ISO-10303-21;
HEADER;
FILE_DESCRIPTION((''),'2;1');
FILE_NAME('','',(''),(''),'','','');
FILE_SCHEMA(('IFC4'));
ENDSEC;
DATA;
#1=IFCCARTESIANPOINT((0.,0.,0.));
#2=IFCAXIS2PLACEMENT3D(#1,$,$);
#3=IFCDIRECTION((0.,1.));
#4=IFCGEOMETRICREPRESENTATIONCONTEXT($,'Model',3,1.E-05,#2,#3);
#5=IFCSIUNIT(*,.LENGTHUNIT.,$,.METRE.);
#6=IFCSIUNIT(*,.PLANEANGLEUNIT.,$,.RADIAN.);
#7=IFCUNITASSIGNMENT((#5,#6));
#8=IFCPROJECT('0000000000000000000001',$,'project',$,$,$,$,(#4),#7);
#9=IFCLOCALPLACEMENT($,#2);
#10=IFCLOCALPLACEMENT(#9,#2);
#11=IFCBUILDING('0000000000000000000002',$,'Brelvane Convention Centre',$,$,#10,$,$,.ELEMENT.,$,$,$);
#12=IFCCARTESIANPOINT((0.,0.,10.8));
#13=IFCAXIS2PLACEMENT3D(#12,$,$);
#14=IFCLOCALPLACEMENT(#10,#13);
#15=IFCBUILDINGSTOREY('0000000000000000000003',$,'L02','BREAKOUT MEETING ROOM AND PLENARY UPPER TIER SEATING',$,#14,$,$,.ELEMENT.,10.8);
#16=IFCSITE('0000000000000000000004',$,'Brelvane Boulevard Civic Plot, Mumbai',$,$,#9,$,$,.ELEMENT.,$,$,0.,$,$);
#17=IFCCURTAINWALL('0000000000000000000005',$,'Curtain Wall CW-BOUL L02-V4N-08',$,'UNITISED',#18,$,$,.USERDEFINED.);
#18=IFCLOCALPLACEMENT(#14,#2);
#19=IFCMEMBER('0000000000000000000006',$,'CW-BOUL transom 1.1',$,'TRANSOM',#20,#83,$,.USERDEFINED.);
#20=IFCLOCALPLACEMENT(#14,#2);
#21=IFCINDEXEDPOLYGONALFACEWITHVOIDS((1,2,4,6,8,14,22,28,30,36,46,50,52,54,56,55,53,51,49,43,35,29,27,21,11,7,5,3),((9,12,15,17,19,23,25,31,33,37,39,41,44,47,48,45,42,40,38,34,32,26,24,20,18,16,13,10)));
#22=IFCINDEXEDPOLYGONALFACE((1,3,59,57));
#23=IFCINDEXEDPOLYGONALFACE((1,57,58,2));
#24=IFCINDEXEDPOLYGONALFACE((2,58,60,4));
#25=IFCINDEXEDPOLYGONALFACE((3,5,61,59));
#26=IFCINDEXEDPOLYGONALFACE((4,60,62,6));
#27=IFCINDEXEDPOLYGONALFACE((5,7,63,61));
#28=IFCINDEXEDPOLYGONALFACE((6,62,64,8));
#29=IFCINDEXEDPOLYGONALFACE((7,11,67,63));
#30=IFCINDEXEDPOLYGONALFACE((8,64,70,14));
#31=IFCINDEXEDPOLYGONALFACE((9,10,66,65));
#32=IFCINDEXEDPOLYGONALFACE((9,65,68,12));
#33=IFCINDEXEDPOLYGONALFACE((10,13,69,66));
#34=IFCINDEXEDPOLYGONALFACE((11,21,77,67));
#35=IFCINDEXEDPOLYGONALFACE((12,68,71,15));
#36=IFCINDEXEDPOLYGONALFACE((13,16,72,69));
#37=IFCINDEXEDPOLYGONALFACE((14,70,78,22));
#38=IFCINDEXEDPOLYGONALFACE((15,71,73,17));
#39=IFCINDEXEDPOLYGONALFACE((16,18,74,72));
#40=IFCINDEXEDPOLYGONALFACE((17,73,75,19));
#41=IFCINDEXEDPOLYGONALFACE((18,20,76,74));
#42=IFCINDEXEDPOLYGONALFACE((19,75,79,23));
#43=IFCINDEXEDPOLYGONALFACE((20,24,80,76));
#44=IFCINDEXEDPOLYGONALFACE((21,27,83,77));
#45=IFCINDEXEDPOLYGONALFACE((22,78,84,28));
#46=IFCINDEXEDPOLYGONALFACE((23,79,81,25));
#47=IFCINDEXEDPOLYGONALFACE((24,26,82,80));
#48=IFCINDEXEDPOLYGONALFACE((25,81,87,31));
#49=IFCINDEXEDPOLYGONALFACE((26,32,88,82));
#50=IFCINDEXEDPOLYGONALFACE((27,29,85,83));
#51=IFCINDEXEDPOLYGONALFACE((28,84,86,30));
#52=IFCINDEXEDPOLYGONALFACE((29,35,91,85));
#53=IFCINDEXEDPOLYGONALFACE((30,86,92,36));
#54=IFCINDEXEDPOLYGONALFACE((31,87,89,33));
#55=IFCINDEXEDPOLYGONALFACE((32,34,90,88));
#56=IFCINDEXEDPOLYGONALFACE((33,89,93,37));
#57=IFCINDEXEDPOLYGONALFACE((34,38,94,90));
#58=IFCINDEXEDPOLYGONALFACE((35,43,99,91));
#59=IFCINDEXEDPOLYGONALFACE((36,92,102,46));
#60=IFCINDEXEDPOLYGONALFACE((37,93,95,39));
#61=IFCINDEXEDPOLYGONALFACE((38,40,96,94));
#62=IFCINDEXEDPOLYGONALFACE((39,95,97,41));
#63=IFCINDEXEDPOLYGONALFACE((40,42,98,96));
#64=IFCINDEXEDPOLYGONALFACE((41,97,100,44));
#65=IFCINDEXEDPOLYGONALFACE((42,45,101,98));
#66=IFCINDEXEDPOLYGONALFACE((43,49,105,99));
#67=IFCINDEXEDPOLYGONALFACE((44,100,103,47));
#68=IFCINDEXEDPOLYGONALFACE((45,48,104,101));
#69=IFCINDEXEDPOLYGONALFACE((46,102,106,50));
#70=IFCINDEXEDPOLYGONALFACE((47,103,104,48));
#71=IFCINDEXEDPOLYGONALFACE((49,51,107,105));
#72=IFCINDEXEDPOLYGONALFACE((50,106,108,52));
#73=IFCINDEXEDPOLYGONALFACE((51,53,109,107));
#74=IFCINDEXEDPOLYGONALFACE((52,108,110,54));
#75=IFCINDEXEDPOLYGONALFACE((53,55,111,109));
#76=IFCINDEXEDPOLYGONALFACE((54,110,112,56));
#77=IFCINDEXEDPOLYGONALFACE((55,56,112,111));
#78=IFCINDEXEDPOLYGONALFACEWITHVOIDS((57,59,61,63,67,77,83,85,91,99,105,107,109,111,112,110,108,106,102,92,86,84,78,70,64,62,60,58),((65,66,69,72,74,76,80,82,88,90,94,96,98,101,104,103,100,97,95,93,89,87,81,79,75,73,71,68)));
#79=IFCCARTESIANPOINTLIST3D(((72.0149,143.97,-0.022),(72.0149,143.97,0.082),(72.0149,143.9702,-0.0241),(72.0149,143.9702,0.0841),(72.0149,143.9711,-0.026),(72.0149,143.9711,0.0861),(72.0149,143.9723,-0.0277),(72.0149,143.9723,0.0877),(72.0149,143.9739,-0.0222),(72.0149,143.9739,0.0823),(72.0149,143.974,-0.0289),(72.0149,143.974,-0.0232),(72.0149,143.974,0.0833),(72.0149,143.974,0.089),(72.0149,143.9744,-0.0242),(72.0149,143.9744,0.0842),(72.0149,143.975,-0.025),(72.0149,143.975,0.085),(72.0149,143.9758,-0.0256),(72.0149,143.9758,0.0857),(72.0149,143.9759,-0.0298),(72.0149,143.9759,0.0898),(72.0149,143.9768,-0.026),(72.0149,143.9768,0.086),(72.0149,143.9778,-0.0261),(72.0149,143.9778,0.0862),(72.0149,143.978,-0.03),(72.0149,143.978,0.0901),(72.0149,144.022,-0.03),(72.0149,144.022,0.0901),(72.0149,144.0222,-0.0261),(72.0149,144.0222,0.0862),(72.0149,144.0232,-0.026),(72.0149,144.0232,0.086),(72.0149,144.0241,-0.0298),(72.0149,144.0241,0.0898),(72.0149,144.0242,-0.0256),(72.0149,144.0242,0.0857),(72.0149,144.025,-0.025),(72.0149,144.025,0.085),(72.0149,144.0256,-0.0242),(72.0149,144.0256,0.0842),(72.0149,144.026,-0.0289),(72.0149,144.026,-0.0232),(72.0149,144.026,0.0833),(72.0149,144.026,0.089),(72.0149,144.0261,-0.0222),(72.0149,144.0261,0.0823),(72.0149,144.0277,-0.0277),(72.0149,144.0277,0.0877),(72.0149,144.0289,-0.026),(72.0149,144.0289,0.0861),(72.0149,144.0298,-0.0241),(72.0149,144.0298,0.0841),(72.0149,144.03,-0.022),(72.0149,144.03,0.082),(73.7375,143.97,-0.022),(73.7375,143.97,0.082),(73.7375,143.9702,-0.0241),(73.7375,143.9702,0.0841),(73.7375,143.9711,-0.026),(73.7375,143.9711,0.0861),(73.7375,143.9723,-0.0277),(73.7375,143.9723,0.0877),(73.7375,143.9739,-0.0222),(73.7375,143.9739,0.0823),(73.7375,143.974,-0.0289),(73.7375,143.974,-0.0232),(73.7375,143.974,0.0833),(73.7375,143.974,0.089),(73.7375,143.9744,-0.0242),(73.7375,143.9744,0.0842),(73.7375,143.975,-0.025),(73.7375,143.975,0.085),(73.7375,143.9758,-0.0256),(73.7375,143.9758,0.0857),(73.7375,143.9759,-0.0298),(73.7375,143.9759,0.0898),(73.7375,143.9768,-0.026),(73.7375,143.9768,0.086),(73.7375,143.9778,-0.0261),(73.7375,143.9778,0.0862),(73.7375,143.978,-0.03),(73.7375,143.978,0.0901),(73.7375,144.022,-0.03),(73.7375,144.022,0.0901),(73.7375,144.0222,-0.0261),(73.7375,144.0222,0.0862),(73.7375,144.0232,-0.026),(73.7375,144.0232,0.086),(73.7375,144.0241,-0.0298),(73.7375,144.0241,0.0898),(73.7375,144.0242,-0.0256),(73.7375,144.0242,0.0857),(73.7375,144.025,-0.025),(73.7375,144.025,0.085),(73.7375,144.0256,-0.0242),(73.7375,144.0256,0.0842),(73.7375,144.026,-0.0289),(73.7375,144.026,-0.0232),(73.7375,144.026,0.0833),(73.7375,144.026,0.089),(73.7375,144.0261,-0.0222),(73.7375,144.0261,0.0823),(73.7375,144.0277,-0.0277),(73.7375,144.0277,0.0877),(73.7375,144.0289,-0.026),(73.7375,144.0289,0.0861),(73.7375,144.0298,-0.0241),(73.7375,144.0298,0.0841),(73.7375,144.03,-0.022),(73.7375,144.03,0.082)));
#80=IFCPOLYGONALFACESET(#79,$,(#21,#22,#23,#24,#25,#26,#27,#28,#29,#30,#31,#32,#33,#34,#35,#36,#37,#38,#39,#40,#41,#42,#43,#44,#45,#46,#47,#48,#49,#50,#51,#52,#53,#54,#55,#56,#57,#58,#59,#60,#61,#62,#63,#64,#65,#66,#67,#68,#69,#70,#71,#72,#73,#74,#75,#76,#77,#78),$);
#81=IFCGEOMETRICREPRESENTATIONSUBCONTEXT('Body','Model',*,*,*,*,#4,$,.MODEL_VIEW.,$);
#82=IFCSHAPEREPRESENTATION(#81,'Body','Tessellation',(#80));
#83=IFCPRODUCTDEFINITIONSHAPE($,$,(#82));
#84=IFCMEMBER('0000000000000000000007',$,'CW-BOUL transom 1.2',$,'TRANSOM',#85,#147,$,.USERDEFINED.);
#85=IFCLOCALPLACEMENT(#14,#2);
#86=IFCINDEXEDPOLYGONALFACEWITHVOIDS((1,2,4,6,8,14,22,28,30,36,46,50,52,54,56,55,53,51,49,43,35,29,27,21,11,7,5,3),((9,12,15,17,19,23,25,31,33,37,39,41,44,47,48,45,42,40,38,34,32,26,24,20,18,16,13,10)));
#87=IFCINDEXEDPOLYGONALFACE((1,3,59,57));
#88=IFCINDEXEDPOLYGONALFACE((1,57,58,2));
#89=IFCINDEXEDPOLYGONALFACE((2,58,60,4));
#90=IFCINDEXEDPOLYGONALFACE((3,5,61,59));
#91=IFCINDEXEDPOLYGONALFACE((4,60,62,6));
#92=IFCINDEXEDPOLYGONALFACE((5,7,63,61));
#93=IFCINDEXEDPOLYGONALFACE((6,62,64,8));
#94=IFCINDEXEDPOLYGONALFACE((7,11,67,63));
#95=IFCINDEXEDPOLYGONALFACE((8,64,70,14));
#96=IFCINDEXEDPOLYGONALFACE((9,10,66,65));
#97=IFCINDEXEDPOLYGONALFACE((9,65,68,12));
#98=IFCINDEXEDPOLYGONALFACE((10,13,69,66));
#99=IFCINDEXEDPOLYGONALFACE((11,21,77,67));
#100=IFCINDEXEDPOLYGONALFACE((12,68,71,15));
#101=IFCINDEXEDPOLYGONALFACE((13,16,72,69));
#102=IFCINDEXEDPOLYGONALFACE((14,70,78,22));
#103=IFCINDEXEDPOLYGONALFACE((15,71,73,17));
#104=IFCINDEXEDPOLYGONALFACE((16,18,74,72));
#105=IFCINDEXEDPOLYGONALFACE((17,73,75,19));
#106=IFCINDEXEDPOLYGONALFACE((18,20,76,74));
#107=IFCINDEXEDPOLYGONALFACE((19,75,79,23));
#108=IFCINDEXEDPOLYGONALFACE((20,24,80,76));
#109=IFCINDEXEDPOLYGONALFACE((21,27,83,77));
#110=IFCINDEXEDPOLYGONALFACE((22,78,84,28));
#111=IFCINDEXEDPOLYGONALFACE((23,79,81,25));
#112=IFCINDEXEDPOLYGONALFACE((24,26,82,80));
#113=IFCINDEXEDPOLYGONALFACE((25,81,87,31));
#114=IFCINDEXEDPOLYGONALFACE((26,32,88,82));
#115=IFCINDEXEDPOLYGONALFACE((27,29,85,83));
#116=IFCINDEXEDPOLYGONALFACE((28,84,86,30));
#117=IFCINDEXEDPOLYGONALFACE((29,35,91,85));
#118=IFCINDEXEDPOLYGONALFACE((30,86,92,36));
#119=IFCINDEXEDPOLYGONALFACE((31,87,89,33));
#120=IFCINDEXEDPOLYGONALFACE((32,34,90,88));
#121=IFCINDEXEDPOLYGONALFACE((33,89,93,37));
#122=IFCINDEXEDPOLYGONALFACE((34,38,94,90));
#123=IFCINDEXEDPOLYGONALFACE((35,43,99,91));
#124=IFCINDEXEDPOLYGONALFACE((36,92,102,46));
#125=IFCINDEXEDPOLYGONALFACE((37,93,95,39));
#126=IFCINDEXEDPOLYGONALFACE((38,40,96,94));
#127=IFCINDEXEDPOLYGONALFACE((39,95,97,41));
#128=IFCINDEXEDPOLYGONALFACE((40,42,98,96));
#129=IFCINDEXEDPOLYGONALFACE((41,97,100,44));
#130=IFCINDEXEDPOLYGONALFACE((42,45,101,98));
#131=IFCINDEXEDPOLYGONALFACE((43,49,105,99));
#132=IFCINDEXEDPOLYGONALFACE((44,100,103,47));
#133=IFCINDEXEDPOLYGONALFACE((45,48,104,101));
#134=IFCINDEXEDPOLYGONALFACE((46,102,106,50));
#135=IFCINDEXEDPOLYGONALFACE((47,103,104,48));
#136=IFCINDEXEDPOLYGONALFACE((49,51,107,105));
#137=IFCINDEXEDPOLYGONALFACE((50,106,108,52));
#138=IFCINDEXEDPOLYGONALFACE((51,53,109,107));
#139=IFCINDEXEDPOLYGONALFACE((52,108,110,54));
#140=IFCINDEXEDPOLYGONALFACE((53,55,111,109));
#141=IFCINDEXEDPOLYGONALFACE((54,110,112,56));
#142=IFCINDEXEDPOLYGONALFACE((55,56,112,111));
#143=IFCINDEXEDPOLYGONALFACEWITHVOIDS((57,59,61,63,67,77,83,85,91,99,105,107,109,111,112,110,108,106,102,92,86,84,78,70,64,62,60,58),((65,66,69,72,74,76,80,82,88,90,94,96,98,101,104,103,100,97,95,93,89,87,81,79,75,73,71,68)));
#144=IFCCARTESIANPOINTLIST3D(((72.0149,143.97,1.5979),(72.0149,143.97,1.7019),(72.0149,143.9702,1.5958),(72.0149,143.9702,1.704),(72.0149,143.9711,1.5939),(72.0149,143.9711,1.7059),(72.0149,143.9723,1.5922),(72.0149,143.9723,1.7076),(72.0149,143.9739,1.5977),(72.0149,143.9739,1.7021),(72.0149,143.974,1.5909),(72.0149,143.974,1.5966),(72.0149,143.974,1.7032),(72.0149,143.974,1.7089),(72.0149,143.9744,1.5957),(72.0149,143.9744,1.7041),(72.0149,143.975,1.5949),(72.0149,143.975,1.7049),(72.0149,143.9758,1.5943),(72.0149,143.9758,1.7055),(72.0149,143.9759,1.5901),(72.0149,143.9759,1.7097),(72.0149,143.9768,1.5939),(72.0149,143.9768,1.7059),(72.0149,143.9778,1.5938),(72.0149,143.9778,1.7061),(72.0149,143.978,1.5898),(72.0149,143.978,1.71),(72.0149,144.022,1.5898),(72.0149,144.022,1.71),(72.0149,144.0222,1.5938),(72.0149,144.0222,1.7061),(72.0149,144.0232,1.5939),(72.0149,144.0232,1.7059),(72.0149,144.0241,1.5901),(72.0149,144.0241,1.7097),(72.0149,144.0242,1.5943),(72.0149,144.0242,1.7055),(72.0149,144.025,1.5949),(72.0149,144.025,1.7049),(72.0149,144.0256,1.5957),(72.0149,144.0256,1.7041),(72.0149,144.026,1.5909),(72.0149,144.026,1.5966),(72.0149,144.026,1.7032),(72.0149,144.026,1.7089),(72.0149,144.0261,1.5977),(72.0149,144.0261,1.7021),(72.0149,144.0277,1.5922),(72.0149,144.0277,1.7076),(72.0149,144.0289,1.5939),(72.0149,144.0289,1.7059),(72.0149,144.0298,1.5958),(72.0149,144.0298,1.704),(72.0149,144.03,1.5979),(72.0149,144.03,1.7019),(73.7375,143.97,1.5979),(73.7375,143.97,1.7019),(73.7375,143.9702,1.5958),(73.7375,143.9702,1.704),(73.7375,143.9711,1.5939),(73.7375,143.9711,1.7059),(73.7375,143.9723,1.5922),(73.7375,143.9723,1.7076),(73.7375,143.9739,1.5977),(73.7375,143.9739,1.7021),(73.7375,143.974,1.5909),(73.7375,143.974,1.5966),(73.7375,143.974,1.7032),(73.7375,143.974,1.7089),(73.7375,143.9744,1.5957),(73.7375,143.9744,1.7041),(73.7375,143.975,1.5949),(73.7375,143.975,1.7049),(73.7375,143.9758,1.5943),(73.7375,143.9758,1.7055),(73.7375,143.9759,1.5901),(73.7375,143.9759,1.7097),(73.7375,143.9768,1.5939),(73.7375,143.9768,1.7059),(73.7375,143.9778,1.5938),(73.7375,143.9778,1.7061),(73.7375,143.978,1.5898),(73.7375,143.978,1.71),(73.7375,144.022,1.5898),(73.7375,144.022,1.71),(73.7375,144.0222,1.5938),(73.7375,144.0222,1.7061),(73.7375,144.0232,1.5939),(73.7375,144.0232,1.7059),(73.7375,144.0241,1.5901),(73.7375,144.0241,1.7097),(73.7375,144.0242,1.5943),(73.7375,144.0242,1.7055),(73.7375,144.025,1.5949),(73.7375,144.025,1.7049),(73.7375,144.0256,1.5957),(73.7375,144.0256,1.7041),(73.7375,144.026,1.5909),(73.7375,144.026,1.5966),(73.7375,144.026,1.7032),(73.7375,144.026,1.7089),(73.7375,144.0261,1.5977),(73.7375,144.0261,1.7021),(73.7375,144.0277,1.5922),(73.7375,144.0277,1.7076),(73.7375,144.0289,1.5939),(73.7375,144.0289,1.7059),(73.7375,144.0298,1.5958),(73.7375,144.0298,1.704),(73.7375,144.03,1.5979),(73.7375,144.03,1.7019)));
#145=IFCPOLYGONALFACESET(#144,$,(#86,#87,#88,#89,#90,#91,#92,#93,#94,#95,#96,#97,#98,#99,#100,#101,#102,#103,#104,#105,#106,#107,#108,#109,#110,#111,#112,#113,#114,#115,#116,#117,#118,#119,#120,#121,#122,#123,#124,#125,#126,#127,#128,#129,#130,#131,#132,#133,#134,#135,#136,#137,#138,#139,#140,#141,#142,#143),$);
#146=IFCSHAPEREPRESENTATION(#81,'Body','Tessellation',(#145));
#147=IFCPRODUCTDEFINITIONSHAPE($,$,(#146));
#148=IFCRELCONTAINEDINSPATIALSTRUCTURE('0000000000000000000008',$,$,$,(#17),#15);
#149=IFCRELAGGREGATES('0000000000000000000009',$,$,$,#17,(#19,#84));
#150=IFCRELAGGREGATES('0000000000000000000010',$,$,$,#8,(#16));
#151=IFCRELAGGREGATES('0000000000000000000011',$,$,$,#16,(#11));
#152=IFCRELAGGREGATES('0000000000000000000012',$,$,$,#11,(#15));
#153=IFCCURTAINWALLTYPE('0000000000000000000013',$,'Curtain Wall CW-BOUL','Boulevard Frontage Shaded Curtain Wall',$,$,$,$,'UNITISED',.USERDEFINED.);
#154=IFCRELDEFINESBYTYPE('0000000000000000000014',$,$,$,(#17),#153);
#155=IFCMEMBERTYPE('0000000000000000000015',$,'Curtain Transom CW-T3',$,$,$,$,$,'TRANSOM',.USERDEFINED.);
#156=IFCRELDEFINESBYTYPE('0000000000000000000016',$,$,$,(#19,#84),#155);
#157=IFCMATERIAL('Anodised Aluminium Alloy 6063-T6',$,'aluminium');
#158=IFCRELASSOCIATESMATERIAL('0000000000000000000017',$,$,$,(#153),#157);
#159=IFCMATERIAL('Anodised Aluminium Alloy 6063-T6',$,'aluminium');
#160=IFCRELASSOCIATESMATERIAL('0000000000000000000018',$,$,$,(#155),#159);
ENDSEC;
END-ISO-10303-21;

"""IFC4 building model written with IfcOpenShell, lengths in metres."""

from ifc_helpers import new_model, si_unit, direction, frame, origin, origin_2d, place, context, subcontext, project, spatial, hollow_rectangle, extrude, material, material_profile, profile_set, type_object, element, aggregate, save


model = new_model("IFC4")

# Units and contexts
model_context = context("Model", 3, precision=1e-05, world=origin(), true_north=direction((0.0, 1.0)))
body_context = subcontext(model_context, "Body", "Model", "MODEL_VIEW")
ifc_project = project(units=[si_unit("LENGTHUNIT", "METRE"), si_unit("PLANEANGLEUNIT", "RADIAN")], contexts=[model_context])

# Site, building, storey
site_placement = place(None, origin())
site = spatial("IfcSite", under=ifc_project, at=site_placement, Name="Brelvane Boulevard Civic Plot, Mumbai", CompositionType="ELEMENT", RefElevation=0.0)
building_placement = place(site_placement, origin())
building = spatial("IfcBuilding", under=site, at=building_placement, Name="Brelvane Convention Centre", CompositionType="ELEMENT")
storey_placement = place(building_placement, frame((0.0, 0.0, 10.8)))
storey = spatial("IfcBuildingStorey", under=building, at=storey_placement, Name="L02", Description="BREAKOUT MEETING ROOM AND PLENARY UPPER TIER SEATING", CompositionType="ELEMENT", Elevation=10.8)

# Shared definitions
ifc_material_1 = material(Name="Anodised Aluminium Alloy 6063-T6", Category="aluminium")
curtain_wall_type = type_object("IfcCurtainWallType", Name="Curtain Wall CW-BOUL", Description="Boulevard Frontage Shaded Curtain Wall", ElementType="UNITISED", PredefinedType="USERDEFINED", material=ifc_material_1)

# Curtain wall
curtain_wall_1_placement = place(storey_placement, origin())
curtain_wall_1 = element("IfcCurtainWall", 1, at=curtain_wall_1_placement, inside=storey, type_object=curtain_wall_type, Name="Curtain Wall CW-BOUL L02-V4N-08", ObjectType="UNITISED", PredefinedType="USERDEFINED")

# Members
ifc_material_2 = material(Name="Anodised Aluminium Alloy 6063-T6", Category="aluminium")
ifc_material_profile_1 = material_profile(ifc_material_2, hollow_rectangle(XDim=0.0601, YDim=0.1201, WallThickness=0.0039, InnerFilletRadius=0.0039, OuterFilletRadius=0.0081, at=origin_2d()), Name="ALU-T 120x60x4.0")
ifc_profile_set_1 = profile_set([ifc_material_profile_1], Name="Anodised Aluminium Alloy 6063-T6")
member_type_1 = type_object("IfcMemberType", Name="Curtain Transom CW-T3", ElementType="TRANSOM", PredefinedType="USERDEFINED", material=ifc_profile_set_1)
member_1_placement = place(storey_placement, frame((72.0149, 144.0, 0.03), z_axis=(1.0, 0.0, 0.0), x_axis=(0.0, 1.0, 0.0)))
member_1 = element("IfcMember", 2, at=member_1_placement, type_object=member_type_1, Name="CW-BOUL transom 1.1", ObjectType="TRANSOM", PredefinedType="USERDEFINED", context=body_context, shape_type="SweptSolid", body=[
    extrude(hollow_rectangle(XDim=0.0601, YDim=0.1201, WallThickness=0.0039, InnerFilletRadius=0.0039, OuterFilletRadius=0.0081, at=origin_2d()), origin(), (0.0, 0.0, 1.0), 1.7227),
])
member_2_placement = place(storey_placement, frame((72.0149, 144.0, 1.6499), z_axis=(1.0, 0.0, 0.0), x_axis=(0.0, 1.0, 0.0)))
member_2 = element("IfcMember", 3, at=member_2_placement, type_object=member_type_1, Name="CW-BOUL transom 1.2", ObjectType="TRANSOM", PredefinedType="USERDEFINED", context=body_context, shape_type="SweptSolid", body=[
    extrude(hollow_rectangle(XDim=0.0601, YDim=0.1201, WallThickness=0.0039, InnerFilletRadius=0.0039, OuterFilletRadius=0.0081, at=origin_2d()), origin(), (0.0, 0.0, 1.0), 1.7227),
])

aggregate(curtain_wall_1, [member_1, member_2])

save(model, "model.ifc")
